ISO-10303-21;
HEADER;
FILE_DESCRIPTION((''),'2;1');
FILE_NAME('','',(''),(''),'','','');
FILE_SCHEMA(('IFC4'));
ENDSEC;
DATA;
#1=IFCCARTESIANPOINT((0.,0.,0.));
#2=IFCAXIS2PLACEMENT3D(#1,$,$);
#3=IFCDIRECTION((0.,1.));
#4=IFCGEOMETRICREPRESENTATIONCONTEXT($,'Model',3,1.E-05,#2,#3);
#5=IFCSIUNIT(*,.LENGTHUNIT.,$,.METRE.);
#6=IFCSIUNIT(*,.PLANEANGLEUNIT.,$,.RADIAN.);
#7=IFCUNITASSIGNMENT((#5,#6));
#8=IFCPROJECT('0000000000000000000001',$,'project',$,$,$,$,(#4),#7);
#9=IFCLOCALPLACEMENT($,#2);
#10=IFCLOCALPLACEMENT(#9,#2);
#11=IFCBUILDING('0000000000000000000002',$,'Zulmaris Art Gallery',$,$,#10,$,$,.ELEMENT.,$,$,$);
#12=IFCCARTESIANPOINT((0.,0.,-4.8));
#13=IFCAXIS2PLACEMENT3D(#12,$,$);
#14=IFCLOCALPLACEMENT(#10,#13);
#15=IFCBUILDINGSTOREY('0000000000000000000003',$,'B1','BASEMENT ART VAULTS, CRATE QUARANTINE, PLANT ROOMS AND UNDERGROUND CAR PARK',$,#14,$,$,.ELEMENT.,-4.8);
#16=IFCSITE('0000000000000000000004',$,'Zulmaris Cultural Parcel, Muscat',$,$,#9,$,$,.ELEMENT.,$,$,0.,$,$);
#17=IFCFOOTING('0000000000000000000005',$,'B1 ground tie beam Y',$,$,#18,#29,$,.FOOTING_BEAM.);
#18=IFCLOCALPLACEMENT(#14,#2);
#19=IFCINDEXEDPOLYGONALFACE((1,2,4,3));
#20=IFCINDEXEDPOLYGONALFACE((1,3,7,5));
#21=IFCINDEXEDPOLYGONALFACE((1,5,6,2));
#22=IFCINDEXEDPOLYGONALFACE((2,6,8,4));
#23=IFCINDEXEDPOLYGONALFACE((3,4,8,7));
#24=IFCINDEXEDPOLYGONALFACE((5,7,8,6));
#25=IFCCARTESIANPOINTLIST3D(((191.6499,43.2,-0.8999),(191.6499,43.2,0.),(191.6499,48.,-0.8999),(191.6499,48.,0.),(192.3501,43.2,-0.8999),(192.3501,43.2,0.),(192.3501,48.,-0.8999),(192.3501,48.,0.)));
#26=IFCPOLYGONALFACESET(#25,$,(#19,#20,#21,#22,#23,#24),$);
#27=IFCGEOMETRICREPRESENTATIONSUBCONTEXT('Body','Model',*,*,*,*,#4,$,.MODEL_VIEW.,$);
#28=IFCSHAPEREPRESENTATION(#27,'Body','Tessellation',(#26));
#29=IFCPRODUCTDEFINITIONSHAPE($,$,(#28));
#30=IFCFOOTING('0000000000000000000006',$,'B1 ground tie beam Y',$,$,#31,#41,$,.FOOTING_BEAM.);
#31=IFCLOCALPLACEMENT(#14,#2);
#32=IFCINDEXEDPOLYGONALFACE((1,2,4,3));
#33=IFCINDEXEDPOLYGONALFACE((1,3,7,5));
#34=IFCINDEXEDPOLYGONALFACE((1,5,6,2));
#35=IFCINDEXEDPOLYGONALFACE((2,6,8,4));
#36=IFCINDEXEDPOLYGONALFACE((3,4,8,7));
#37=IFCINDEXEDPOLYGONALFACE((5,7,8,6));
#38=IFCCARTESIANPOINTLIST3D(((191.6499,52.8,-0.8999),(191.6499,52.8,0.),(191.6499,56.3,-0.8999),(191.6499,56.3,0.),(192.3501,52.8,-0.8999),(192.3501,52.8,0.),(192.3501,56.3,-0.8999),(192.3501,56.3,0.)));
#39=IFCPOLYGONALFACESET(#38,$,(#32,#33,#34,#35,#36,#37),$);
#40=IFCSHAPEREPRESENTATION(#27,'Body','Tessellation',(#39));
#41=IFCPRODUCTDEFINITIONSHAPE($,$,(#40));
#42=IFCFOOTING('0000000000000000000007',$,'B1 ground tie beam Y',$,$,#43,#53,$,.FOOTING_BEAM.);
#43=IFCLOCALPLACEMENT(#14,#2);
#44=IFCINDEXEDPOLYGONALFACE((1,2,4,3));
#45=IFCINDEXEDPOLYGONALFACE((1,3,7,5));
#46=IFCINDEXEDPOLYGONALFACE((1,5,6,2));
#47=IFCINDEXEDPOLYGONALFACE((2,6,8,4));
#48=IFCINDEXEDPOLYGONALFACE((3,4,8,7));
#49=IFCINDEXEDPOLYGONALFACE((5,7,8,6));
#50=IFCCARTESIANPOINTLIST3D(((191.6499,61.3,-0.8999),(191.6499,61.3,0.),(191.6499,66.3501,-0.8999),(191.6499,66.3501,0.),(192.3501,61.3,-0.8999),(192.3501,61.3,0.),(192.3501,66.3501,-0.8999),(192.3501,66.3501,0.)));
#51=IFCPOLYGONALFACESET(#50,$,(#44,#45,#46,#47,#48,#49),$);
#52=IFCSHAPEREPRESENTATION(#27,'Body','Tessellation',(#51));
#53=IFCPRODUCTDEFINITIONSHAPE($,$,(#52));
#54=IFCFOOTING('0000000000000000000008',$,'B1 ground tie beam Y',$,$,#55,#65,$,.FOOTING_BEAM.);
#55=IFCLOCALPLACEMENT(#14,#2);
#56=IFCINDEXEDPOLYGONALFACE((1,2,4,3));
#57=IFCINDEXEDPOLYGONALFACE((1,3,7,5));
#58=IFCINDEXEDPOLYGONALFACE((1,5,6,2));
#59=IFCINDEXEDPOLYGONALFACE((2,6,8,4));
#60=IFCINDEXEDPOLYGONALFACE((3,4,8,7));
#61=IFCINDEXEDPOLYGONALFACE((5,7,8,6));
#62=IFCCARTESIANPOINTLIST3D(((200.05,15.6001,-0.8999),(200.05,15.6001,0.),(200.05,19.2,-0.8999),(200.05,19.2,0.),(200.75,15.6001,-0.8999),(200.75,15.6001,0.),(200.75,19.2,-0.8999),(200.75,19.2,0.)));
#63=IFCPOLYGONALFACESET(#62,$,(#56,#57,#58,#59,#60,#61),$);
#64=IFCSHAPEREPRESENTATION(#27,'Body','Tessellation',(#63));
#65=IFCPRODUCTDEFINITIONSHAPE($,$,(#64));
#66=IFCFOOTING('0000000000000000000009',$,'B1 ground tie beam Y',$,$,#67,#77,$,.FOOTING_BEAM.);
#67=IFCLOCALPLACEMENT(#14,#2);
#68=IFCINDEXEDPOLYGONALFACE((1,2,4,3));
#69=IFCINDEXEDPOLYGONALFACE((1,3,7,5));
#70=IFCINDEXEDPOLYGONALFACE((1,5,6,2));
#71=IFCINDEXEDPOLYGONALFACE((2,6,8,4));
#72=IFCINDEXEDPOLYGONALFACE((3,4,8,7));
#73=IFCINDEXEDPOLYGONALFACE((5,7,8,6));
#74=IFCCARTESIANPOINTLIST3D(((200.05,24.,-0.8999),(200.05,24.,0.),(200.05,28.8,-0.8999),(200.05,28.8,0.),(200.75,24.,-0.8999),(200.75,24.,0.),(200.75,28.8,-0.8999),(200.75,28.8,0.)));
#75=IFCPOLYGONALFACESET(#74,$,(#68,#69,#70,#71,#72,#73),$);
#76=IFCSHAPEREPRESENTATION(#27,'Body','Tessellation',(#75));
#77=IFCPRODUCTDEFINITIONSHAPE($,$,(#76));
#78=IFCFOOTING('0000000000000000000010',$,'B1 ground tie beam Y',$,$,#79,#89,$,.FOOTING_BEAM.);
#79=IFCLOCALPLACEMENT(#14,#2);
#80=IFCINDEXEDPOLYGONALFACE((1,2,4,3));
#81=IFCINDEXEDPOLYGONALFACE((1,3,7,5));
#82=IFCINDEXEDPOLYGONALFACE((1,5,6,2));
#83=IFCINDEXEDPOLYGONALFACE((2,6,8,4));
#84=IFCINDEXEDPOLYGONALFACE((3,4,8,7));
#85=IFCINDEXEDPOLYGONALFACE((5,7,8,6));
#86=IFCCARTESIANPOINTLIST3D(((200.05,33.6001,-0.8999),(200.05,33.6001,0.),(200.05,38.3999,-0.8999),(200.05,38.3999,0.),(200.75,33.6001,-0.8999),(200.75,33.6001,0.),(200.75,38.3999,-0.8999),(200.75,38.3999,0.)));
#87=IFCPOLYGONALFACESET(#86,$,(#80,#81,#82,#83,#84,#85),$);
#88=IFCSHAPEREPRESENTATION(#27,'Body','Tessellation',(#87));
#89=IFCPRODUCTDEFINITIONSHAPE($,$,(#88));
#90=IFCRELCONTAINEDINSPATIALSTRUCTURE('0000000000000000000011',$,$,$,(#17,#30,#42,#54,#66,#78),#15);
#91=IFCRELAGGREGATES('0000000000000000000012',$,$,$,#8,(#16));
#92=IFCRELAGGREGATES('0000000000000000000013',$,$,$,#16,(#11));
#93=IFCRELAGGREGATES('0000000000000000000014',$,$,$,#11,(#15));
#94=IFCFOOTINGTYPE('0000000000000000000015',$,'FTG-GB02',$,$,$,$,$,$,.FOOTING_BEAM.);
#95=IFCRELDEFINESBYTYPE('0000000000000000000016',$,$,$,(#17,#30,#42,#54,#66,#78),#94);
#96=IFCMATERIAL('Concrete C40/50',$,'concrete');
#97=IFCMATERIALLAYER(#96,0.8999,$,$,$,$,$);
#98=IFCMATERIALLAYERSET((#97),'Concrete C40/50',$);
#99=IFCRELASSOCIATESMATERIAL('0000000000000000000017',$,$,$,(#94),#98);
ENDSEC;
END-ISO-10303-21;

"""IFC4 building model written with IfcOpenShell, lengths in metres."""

from ifc_helpers import new_model, si_unit, direction, frame, origin, place, context, subcontext, project, spatial, polyline, outline, extrude, material, layer, layer_set, type_object, element, save


model = new_model("IFC4")

# Units and contexts
model_context = context("Model", 3, precision=1e-05, world=origin(), true_north=direction((0.0, 1.0)))
body_context = subcontext(model_context, "Body", "Model", "MODEL_VIEW")
ifc_project = project(units=[si_unit("LENGTHUNIT", "METRE"), si_unit("PLANEANGLEUNIT", "RADIAN")], contexts=[model_context])

# Site, building, storey
site_placement = place(None, origin())
site = spatial("IfcSite", under=ifc_project, at=site_placement, Name="Zulmaris Cultural Parcel, Muscat", CompositionType="ELEMENT", RefElevation=0.0)
building_placement = place(site_placement, origin())
building = spatial("IfcBuilding", under=site, at=building_placement, Name="Zulmaris Art Gallery", CompositionType="ELEMENT")
storey_placement = place(building_placement, frame((0.0, 0.0, -4.8)))
storey = spatial("IfcBuildingStorey", under=building, at=storey_placement, Name="B1", Description="BASEMENT ART VAULTS, CRATE QUARANTINE, PLANT ROOMS AND UNDERGROUND CAR PARK", CompositionType="ELEMENT", Elevation=-4.8)

# Footings
ifc_material = material(Name="Concrete C40/50", Category="concrete")
ifc_layer = layer(ifc_material, 0.8999)
ifc_layer_set = layer_set([ifc_layer], Name="Concrete C40/50")
footing_type = type_object("IfcFootingType", Name="FTG-GB02", PredefinedType="FOOTING_BEAM", material=ifc_layer_set)
footing_1_placement = place(storey_placement, frame((0.0, 0.0, -0.8999)))
element("IfcFooting", 1, at=footing_1_placement, inside=storey, type_object=footing_type, Name="B1 ground tie beam Y", PredefinedType="FOOTING_BEAM", context=body_context, shape_type="SweptSolid", body=[
    extrude(outline(polyline([(191.6499, 43.2), (192.3501, 43.2), (192.3501, 48.0), (191.6499, 48.0), (191.6499, 43.2)])), origin(), (0.0, 0.0, 1.0), 0.8999),
])
footing_2_placement = place(storey_placement, frame((0.0, 0.0, -0.8999)))
element("IfcFooting", 2, at=footing_2_placement, inside=storey, type_object=footing_type, Name="B1 ground tie beam Y", PredefinedType="FOOTING_BEAM", context=body_context, shape_type="SweptSolid", body=[
    extrude(outline(polyline([(191.6499, 52.8), (192.3501, 52.8), (192.3501, 56.3), (191.6499, 56.3), (191.6499, 52.8)])), origin(), (0.0, 0.0, 1.0), 0.8999),
])
footing_3_placement = place(storey_placement, frame((0.0, 0.0, -0.8999)))
element("IfcFooting", 3, at=footing_3_placement, inside=storey, type_object=footing_type, Name="B1 ground tie beam Y", PredefinedType="FOOTING_BEAM", context=body_context, shape_type="SweptSolid", body=[
    extrude(outline(polyline([(191.6499, 61.3), (192.3501, 61.3), (192.3501, 66.3501), (191.6499, 66.3501), (191.6499, 61.3)])), origin(), (0.0, 0.0, 1.0), 0.8999),
])
footing_4_placement = place(storey_placement, frame((0.0, 0.0, -0.8999)))
element("IfcFooting", 4, at=footing_4_placement, inside=storey, type_object=footing_type, Name="B1 ground tie beam Y", PredefinedType="FOOTING_BEAM", context=body_context, shape_type="SweptSolid", body=[
    extrude(outline(polyline([(200.05, 15.6001), (200.75, 15.6001), (200.75, 19.2), (200.05, 19.2), (200.05, 15.6001)])), origin(), (0.0, 0.0, 1.0), 0.8999),
])
footing_5_placement = place(storey_placement, frame((0.0, 0.0, -0.8999)))
element("IfcFooting", 5, at=footing_5_placement, inside=storey, type_object=footing_type, Name="B1 ground tie beam Y", PredefinedType="FOOTING_BEAM", context=body_context, shape_type="SweptSolid", body=[
    extrude(outline(polyline([(200.05, 24.0), (200.75, 24.0), (200.75, 28.8), (200.05, 28.8), (200.05, 24.0)])), origin(), (0.0, 0.0, 1.0), 0.8999),
])
footing_6_placement = place(storey_placement, frame((0.0, 0.0, -0.8999)))
element("IfcFooting", 6, at=footing_6_placement, inside=storey, type_object=footing_type, Name="B1 ground tie beam Y", PredefinedType="FOOTING_BEAM", context=body_context, shape_type="SweptSolid", body=[
    extrude(outline(polyline([(200.05, 33.6001), (200.75, 33.6001), (200.75, 38.3999), (200.05, 38.3999), (200.05, 33.6001)])), origin(), (0.0, 0.0, 1.0), 0.8999),
])

save(model, "model.ifc")
